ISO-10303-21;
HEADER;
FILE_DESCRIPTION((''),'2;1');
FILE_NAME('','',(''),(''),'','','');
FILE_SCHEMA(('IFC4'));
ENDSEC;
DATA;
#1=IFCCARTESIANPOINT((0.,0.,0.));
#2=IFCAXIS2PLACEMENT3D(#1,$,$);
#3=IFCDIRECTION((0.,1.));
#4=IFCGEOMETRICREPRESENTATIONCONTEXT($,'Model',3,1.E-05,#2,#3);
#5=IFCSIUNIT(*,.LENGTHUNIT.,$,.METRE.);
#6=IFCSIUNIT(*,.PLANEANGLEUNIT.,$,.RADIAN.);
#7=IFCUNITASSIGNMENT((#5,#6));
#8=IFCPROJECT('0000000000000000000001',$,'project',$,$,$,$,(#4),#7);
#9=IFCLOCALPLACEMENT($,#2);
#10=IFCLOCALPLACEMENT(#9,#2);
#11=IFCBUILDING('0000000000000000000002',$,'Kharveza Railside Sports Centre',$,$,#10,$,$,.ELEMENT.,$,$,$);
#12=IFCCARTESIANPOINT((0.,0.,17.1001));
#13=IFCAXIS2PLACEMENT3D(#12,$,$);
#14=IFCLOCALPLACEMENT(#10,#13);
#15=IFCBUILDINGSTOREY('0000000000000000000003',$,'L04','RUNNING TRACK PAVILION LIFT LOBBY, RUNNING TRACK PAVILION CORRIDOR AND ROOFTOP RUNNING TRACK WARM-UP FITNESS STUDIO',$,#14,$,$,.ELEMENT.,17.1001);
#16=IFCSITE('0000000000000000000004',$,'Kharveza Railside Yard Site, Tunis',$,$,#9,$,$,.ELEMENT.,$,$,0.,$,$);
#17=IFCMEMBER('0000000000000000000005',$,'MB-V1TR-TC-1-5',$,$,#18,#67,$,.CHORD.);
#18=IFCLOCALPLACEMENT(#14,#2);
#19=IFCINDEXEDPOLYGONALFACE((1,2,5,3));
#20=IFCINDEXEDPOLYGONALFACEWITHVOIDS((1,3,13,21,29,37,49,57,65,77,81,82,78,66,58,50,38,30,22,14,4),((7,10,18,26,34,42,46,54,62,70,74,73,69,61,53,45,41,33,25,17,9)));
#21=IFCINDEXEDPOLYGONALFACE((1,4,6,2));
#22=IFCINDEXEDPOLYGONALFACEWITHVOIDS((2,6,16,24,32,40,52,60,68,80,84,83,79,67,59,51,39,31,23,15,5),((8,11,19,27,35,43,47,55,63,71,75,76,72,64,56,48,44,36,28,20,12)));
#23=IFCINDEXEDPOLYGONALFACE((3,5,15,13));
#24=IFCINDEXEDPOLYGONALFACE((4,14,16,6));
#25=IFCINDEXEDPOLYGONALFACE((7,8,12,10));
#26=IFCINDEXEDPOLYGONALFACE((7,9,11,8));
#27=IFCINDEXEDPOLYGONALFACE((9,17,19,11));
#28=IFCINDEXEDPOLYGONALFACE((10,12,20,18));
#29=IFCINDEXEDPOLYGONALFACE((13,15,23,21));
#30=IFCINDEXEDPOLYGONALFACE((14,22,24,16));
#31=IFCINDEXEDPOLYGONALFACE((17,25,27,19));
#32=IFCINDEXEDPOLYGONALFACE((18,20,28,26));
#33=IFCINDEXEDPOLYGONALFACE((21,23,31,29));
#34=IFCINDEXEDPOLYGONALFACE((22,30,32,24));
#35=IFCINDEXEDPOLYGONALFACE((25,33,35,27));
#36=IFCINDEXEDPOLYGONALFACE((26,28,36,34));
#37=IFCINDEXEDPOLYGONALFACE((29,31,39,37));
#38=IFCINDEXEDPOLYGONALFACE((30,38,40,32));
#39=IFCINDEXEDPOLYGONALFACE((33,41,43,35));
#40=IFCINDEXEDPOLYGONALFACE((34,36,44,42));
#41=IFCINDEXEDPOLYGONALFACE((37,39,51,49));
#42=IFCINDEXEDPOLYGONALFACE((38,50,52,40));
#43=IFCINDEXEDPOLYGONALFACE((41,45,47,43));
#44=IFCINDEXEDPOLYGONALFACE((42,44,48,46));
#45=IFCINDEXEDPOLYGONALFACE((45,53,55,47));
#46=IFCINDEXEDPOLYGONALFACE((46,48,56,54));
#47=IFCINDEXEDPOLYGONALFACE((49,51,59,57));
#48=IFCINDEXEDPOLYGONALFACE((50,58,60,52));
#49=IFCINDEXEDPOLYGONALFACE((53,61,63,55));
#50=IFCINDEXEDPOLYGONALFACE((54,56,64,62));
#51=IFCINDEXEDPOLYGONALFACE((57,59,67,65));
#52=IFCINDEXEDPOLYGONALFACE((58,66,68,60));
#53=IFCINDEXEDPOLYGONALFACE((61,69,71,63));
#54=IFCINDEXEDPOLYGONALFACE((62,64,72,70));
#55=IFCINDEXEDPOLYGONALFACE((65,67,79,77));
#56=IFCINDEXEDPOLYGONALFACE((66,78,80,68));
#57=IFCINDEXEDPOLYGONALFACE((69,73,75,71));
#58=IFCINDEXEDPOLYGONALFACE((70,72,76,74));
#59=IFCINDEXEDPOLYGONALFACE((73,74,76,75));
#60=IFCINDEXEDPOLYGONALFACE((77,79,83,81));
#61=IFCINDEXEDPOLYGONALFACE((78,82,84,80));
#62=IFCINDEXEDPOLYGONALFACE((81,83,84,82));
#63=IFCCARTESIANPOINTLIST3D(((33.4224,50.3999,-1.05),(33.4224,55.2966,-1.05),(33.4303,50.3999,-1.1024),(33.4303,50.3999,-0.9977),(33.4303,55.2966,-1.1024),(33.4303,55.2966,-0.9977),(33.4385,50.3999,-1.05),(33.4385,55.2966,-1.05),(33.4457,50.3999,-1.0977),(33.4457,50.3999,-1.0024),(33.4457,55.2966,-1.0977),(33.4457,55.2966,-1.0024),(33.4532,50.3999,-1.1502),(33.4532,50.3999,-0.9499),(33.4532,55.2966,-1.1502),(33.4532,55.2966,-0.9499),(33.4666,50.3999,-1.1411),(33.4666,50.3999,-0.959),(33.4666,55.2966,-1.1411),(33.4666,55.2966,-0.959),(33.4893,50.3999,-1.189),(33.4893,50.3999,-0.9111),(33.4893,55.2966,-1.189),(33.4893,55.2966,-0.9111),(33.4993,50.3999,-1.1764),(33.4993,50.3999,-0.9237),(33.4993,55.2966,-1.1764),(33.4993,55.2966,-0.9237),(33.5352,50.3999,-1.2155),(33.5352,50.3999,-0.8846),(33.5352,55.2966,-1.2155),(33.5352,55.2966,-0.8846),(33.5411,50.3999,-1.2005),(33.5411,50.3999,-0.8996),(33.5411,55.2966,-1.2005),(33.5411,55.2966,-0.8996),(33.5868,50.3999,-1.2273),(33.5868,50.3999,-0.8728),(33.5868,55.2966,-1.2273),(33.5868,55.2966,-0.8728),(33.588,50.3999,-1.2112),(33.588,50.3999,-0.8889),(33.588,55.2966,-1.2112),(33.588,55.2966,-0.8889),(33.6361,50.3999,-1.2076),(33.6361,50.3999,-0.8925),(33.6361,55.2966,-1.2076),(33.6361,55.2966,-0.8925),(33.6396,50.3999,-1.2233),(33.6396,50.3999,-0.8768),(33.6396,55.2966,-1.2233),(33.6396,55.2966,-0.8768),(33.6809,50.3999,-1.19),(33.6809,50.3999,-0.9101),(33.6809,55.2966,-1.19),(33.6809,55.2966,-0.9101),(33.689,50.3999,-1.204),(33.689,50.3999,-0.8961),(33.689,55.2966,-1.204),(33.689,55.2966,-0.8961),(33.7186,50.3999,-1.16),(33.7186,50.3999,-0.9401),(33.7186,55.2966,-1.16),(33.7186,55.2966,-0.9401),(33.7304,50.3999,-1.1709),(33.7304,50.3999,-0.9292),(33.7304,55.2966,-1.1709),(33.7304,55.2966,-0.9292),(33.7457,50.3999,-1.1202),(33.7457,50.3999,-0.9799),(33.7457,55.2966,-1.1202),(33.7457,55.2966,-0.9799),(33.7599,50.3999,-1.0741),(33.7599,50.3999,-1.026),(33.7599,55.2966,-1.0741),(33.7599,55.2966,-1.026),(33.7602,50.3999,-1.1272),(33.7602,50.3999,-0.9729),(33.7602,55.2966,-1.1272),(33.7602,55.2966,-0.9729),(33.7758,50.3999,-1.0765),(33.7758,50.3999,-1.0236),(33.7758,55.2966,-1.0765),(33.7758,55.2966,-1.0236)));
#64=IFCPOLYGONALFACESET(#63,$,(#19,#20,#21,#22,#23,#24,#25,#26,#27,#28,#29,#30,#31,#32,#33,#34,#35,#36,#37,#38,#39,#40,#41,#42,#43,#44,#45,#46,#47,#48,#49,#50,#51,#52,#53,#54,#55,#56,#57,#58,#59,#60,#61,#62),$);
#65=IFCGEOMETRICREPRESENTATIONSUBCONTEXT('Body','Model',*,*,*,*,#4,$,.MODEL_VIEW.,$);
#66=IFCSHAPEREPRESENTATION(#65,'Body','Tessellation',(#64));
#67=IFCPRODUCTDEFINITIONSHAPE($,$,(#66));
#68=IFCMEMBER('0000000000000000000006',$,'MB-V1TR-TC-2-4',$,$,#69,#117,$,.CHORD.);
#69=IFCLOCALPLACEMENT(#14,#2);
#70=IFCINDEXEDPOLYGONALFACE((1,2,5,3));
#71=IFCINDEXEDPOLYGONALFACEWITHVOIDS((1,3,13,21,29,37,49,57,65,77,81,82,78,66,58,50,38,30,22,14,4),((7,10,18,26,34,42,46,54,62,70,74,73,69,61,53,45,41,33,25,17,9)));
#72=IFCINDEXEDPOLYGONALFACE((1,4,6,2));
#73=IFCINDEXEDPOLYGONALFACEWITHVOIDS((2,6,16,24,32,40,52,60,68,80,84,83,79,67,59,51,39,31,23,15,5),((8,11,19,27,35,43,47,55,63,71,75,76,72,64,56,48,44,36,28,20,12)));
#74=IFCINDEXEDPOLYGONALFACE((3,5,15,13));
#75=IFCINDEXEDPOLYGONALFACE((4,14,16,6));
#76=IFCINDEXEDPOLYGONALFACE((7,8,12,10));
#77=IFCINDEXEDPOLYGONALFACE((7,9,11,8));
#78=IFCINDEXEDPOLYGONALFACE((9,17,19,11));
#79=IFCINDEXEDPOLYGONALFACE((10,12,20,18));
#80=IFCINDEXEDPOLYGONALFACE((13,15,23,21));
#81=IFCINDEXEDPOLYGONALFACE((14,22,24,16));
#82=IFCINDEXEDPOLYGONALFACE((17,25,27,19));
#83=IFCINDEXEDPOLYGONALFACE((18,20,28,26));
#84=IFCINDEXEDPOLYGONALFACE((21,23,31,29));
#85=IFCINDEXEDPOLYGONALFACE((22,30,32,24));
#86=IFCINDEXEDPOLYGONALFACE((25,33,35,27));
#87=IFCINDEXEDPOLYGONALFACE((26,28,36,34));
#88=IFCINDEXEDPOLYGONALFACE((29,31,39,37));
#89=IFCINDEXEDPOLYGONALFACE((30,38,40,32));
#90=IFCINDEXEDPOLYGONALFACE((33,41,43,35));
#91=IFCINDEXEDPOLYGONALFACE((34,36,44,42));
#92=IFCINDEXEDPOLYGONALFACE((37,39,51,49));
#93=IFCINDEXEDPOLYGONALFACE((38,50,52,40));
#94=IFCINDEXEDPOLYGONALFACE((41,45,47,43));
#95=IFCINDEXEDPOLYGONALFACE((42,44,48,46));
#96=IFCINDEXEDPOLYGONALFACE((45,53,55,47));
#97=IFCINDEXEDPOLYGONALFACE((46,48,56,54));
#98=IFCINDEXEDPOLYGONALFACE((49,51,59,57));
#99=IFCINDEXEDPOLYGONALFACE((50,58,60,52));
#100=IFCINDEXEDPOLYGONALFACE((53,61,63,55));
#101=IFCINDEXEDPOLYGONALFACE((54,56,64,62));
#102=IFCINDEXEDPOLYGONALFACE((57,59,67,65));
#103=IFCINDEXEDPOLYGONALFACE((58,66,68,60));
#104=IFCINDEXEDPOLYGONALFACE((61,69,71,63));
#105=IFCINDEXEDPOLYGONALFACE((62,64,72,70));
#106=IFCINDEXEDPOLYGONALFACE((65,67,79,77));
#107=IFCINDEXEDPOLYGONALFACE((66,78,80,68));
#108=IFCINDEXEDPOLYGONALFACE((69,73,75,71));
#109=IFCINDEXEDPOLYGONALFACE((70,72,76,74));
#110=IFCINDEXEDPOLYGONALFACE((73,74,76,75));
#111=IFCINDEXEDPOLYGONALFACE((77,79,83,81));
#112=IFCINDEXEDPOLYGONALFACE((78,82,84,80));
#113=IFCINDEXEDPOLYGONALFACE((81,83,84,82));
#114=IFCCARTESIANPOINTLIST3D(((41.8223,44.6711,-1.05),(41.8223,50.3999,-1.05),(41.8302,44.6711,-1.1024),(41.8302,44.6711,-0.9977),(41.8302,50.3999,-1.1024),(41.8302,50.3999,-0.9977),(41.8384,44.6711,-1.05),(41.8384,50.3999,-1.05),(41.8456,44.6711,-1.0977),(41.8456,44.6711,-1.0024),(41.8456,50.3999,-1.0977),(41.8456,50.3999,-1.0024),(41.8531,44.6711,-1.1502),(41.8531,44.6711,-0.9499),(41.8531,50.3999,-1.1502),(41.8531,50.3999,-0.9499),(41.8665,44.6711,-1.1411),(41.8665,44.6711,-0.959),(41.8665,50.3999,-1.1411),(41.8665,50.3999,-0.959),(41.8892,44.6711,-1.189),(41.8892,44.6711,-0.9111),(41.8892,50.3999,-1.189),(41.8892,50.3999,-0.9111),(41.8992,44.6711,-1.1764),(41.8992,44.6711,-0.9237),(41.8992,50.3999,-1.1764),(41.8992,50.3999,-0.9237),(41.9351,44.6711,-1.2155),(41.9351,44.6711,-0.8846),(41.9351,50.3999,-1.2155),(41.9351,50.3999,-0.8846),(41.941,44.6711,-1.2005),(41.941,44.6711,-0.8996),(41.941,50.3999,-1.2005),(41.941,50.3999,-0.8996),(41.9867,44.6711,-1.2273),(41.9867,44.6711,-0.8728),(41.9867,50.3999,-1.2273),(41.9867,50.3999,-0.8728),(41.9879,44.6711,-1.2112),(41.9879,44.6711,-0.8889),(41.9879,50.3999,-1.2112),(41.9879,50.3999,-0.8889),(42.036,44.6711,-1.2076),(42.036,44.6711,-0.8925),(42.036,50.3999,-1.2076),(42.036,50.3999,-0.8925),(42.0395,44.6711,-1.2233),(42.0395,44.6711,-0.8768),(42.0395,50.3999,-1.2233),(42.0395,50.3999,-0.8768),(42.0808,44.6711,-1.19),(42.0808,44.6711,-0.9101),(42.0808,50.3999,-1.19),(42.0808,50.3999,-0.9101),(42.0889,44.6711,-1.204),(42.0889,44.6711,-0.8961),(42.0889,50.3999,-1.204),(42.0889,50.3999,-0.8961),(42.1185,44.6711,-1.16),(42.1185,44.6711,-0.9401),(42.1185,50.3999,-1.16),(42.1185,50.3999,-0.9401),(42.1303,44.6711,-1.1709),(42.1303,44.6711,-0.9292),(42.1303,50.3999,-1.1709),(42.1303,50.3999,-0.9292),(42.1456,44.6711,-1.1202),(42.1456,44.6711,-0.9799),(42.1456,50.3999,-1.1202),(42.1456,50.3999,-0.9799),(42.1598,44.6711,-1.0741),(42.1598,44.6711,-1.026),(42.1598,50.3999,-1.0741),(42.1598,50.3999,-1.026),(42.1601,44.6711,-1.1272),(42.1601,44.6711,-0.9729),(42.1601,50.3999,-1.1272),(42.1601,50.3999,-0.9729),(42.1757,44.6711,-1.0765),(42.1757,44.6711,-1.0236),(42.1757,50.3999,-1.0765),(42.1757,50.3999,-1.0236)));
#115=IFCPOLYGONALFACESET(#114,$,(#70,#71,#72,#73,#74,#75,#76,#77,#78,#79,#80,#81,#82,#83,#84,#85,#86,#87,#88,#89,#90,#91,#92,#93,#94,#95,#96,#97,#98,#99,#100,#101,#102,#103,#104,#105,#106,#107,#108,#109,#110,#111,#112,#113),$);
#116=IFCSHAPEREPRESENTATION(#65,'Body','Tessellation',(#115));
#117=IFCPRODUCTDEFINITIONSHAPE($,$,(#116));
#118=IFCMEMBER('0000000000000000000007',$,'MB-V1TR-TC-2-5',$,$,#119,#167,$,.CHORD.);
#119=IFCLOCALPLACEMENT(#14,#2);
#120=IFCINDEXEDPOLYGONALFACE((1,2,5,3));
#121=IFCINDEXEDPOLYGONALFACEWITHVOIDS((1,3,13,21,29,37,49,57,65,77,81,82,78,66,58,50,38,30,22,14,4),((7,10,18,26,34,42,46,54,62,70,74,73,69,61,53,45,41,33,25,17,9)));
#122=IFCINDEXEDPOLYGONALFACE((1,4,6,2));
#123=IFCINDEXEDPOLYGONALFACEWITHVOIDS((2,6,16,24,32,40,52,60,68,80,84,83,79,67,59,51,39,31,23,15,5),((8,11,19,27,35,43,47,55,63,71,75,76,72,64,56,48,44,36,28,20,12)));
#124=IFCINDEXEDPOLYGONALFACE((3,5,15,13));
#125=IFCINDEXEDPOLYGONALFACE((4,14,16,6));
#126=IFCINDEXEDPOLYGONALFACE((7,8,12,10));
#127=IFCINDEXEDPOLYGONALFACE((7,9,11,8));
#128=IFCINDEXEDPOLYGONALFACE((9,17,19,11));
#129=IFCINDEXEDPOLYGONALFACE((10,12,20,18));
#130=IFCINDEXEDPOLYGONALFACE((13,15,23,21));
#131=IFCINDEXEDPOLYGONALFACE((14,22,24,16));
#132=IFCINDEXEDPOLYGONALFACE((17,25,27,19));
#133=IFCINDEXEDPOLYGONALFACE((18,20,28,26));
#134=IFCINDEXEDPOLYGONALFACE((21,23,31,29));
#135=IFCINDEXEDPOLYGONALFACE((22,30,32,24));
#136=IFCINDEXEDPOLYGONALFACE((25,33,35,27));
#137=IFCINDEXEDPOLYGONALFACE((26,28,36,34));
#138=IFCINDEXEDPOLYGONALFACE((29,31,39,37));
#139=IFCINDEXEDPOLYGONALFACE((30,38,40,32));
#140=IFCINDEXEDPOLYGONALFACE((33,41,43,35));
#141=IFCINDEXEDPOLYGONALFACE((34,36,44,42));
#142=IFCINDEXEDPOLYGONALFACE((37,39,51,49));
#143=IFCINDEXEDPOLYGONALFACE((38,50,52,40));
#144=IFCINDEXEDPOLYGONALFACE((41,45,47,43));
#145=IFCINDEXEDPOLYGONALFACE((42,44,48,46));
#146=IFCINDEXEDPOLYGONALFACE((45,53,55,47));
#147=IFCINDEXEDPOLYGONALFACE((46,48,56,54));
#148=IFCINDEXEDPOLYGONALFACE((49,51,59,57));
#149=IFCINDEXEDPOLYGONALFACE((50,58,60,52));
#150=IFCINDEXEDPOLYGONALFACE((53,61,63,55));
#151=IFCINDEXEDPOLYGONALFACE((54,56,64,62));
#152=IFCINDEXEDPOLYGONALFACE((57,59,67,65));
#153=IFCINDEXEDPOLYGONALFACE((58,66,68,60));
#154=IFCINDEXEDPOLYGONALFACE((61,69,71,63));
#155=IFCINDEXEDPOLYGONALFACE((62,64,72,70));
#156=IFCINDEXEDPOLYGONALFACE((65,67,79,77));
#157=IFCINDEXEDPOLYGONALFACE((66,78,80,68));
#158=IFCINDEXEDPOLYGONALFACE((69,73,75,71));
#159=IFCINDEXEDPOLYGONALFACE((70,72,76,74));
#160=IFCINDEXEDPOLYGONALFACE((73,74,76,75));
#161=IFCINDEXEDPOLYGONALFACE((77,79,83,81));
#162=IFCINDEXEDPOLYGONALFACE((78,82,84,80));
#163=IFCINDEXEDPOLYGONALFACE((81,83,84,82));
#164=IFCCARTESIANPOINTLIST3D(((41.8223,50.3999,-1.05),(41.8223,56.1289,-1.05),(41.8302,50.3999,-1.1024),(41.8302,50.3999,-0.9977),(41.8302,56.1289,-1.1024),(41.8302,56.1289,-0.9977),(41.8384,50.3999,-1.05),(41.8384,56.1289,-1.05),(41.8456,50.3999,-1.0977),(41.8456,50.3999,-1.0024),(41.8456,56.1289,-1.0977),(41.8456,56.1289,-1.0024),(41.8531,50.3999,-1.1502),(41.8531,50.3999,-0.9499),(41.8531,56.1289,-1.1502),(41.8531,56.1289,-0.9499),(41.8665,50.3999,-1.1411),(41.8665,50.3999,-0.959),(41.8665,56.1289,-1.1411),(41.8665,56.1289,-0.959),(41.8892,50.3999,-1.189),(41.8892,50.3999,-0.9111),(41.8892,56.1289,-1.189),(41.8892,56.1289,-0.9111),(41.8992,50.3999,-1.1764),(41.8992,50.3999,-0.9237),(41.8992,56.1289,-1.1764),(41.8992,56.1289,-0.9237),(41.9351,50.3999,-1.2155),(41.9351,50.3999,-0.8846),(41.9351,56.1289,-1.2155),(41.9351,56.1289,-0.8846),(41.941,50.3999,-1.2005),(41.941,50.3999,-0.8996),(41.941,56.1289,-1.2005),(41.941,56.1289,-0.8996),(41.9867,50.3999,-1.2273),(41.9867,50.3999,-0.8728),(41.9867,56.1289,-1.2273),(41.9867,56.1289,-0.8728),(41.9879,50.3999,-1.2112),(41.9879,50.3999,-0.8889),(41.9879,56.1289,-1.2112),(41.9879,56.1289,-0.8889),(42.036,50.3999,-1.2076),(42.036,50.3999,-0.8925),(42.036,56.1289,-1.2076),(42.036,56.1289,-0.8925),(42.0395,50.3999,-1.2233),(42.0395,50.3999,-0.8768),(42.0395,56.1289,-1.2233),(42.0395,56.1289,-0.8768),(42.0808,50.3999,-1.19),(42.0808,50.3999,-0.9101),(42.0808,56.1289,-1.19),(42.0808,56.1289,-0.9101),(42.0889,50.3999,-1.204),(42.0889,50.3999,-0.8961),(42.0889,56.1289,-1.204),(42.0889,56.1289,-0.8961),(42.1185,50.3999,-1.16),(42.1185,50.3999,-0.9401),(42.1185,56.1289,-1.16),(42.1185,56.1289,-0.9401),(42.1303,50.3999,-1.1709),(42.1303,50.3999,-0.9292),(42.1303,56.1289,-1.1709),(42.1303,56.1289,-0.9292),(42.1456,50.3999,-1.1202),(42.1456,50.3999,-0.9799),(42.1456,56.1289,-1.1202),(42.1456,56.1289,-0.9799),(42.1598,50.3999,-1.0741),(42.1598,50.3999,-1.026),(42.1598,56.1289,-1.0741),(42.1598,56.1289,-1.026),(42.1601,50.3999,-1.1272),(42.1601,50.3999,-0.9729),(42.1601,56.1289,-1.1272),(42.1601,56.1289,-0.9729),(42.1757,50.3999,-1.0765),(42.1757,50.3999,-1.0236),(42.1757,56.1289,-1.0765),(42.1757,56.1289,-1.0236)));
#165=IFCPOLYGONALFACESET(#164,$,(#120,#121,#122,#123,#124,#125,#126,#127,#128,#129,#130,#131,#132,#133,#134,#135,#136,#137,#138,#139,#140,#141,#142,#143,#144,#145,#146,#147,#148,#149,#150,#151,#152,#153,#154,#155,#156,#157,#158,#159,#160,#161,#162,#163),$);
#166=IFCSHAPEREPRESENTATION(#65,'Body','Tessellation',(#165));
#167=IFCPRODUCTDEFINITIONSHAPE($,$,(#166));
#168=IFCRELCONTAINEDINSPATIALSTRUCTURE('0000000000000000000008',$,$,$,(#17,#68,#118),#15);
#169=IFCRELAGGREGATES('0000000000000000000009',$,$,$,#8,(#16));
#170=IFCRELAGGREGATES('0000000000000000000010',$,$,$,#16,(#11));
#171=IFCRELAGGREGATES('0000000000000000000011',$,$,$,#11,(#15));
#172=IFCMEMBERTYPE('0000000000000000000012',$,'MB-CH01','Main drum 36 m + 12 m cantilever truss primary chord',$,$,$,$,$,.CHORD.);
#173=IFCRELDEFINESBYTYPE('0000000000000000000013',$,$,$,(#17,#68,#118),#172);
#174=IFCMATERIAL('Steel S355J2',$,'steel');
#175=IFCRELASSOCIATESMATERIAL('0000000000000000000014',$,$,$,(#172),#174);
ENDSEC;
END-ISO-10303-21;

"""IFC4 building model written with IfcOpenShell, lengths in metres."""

from ifc_helpers import new_model, si_unit, direction, frame, origin, origin_2d, place, context, subcontext, project, spatial, hollow_circle, extrude, material, material_profile, profile_set, type_object, element, save


model = new_model("IFC4")

# Units and contexts
model_context = context("Model", 3, precision=1e-05, world=origin(), true_north=direction((0.0, 1.0)))
body_context = subcontext(model_context, "Body", "Model", "MODEL_VIEW")
ifc_project = project(units=[si_unit("LENGTHUNIT", "METRE"), si_unit("PLANEANGLEUNIT", "RADIAN")], contexts=[model_context])

# Site, building, storey
site_placement = place(None, origin())
site = spatial("IfcSite", under=ifc_project, at=site_placement, Name="Kharveza Railside Yard Site, Tunis", CompositionType="ELEMENT", RefElevation=0.0)
building_placement = place(site_placement, origin())
building = spatial("IfcBuilding", under=site, at=building_placement, Name="Kharveza Railside Sports Centre", CompositionType="ELEMENT")
storey_placement = place(building_placement, frame((0.0, 0.0, 17.1001)))
storey = spatial("IfcBuildingStorey", under=building, at=storey_placement, Name="L04", Description="RUNNING TRACK PAVILION LIFT LOBBY, RUNNING TRACK PAVILION CORRIDOR AND ROOFTOP RUNNING TRACK WARM-UP FITNESS STUDIO", CompositionType="ELEMENT", Elevation=17.1001)

# Shared definitions
ifc_material_1 = material(Name="Steel S355J2", Category="steel")

# Members
ifc_material_profile_1 = material_profile(ifc_material_1, hollow_circle(Radius=0.1777, WallThickness=0.0161, at=origin_2d()), Name="CHS 355.6x16.0")
ifc_profile_set_1 = profile_set([ifc_material_profile_1], Name="Steel S355J2")
member_type_1 = type_object("IfcMemberType", Name="MB-CH01", Description="Main drum 36 m + 12 m cantilever truss primary chord", PredefinedType="CHORD", material=ifc_profile_set_1)
member_1_placement = place(storey_placement, frame((33.6001, 50.3999, -1.05), z_axis=(0.0, 1.0, 0.0), x_axis=(-1.0, 0.0, 0.0)))
element("IfcMember", 1, at=member_1_placement, inside=storey, type_object=member_type_1, Name="MB-V1TR-TC-1-5", PredefinedType="CHORD", context=body_context, shape_type="SweptSolid", body=[
    extrude(hollow_circle(Radius=0.1777, WallThickness=0.0161, at=origin_2d()), origin(), (0.0, 0.0, 1.0), 4.8967),
])
member_2_placement = place(storey_placement, frame((42.0, 44.6711, -1.05), z_axis=(0.0, 1.0, 0.0), x_axis=(-1.0, 0.0, 0.0)))
element("IfcMember", 2, at=member_2_placement, inside=storey, type_object=member_type_1, Name="MB-V1TR-TC-2-4", PredefinedType="CHORD", context=body_context, shape_type="SweptSolid", body=[
    extrude(hollow_circle(Radius=0.1777, WallThickness=0.0161, at=origin_2d()), origin(), (0.0, 0.0, 1.0), 5.7288),
])
member_3_placement = place(storey_placement, frame((42.0, 50.3999, -1.05), z_axis=(0.0, 1.0, 0.0), x_axis=(-1.0, 0.0, 0.0)))
element("IfcMember", 3, at=member_3_placement, inside=storey, type_object=member_type_1, Name="MB-V1TR-TC-2-5", PredefinedType="CHORD", context=body_context, shape_type="SweptSolid", body=[
    extrude(hollow_circle(Radius=0.1777, WallThickness=0.0161, at=origin_2d()), origin(), (0.0, 0.0, 1.0), 5.729),
])

save(model, "model.ifc")
